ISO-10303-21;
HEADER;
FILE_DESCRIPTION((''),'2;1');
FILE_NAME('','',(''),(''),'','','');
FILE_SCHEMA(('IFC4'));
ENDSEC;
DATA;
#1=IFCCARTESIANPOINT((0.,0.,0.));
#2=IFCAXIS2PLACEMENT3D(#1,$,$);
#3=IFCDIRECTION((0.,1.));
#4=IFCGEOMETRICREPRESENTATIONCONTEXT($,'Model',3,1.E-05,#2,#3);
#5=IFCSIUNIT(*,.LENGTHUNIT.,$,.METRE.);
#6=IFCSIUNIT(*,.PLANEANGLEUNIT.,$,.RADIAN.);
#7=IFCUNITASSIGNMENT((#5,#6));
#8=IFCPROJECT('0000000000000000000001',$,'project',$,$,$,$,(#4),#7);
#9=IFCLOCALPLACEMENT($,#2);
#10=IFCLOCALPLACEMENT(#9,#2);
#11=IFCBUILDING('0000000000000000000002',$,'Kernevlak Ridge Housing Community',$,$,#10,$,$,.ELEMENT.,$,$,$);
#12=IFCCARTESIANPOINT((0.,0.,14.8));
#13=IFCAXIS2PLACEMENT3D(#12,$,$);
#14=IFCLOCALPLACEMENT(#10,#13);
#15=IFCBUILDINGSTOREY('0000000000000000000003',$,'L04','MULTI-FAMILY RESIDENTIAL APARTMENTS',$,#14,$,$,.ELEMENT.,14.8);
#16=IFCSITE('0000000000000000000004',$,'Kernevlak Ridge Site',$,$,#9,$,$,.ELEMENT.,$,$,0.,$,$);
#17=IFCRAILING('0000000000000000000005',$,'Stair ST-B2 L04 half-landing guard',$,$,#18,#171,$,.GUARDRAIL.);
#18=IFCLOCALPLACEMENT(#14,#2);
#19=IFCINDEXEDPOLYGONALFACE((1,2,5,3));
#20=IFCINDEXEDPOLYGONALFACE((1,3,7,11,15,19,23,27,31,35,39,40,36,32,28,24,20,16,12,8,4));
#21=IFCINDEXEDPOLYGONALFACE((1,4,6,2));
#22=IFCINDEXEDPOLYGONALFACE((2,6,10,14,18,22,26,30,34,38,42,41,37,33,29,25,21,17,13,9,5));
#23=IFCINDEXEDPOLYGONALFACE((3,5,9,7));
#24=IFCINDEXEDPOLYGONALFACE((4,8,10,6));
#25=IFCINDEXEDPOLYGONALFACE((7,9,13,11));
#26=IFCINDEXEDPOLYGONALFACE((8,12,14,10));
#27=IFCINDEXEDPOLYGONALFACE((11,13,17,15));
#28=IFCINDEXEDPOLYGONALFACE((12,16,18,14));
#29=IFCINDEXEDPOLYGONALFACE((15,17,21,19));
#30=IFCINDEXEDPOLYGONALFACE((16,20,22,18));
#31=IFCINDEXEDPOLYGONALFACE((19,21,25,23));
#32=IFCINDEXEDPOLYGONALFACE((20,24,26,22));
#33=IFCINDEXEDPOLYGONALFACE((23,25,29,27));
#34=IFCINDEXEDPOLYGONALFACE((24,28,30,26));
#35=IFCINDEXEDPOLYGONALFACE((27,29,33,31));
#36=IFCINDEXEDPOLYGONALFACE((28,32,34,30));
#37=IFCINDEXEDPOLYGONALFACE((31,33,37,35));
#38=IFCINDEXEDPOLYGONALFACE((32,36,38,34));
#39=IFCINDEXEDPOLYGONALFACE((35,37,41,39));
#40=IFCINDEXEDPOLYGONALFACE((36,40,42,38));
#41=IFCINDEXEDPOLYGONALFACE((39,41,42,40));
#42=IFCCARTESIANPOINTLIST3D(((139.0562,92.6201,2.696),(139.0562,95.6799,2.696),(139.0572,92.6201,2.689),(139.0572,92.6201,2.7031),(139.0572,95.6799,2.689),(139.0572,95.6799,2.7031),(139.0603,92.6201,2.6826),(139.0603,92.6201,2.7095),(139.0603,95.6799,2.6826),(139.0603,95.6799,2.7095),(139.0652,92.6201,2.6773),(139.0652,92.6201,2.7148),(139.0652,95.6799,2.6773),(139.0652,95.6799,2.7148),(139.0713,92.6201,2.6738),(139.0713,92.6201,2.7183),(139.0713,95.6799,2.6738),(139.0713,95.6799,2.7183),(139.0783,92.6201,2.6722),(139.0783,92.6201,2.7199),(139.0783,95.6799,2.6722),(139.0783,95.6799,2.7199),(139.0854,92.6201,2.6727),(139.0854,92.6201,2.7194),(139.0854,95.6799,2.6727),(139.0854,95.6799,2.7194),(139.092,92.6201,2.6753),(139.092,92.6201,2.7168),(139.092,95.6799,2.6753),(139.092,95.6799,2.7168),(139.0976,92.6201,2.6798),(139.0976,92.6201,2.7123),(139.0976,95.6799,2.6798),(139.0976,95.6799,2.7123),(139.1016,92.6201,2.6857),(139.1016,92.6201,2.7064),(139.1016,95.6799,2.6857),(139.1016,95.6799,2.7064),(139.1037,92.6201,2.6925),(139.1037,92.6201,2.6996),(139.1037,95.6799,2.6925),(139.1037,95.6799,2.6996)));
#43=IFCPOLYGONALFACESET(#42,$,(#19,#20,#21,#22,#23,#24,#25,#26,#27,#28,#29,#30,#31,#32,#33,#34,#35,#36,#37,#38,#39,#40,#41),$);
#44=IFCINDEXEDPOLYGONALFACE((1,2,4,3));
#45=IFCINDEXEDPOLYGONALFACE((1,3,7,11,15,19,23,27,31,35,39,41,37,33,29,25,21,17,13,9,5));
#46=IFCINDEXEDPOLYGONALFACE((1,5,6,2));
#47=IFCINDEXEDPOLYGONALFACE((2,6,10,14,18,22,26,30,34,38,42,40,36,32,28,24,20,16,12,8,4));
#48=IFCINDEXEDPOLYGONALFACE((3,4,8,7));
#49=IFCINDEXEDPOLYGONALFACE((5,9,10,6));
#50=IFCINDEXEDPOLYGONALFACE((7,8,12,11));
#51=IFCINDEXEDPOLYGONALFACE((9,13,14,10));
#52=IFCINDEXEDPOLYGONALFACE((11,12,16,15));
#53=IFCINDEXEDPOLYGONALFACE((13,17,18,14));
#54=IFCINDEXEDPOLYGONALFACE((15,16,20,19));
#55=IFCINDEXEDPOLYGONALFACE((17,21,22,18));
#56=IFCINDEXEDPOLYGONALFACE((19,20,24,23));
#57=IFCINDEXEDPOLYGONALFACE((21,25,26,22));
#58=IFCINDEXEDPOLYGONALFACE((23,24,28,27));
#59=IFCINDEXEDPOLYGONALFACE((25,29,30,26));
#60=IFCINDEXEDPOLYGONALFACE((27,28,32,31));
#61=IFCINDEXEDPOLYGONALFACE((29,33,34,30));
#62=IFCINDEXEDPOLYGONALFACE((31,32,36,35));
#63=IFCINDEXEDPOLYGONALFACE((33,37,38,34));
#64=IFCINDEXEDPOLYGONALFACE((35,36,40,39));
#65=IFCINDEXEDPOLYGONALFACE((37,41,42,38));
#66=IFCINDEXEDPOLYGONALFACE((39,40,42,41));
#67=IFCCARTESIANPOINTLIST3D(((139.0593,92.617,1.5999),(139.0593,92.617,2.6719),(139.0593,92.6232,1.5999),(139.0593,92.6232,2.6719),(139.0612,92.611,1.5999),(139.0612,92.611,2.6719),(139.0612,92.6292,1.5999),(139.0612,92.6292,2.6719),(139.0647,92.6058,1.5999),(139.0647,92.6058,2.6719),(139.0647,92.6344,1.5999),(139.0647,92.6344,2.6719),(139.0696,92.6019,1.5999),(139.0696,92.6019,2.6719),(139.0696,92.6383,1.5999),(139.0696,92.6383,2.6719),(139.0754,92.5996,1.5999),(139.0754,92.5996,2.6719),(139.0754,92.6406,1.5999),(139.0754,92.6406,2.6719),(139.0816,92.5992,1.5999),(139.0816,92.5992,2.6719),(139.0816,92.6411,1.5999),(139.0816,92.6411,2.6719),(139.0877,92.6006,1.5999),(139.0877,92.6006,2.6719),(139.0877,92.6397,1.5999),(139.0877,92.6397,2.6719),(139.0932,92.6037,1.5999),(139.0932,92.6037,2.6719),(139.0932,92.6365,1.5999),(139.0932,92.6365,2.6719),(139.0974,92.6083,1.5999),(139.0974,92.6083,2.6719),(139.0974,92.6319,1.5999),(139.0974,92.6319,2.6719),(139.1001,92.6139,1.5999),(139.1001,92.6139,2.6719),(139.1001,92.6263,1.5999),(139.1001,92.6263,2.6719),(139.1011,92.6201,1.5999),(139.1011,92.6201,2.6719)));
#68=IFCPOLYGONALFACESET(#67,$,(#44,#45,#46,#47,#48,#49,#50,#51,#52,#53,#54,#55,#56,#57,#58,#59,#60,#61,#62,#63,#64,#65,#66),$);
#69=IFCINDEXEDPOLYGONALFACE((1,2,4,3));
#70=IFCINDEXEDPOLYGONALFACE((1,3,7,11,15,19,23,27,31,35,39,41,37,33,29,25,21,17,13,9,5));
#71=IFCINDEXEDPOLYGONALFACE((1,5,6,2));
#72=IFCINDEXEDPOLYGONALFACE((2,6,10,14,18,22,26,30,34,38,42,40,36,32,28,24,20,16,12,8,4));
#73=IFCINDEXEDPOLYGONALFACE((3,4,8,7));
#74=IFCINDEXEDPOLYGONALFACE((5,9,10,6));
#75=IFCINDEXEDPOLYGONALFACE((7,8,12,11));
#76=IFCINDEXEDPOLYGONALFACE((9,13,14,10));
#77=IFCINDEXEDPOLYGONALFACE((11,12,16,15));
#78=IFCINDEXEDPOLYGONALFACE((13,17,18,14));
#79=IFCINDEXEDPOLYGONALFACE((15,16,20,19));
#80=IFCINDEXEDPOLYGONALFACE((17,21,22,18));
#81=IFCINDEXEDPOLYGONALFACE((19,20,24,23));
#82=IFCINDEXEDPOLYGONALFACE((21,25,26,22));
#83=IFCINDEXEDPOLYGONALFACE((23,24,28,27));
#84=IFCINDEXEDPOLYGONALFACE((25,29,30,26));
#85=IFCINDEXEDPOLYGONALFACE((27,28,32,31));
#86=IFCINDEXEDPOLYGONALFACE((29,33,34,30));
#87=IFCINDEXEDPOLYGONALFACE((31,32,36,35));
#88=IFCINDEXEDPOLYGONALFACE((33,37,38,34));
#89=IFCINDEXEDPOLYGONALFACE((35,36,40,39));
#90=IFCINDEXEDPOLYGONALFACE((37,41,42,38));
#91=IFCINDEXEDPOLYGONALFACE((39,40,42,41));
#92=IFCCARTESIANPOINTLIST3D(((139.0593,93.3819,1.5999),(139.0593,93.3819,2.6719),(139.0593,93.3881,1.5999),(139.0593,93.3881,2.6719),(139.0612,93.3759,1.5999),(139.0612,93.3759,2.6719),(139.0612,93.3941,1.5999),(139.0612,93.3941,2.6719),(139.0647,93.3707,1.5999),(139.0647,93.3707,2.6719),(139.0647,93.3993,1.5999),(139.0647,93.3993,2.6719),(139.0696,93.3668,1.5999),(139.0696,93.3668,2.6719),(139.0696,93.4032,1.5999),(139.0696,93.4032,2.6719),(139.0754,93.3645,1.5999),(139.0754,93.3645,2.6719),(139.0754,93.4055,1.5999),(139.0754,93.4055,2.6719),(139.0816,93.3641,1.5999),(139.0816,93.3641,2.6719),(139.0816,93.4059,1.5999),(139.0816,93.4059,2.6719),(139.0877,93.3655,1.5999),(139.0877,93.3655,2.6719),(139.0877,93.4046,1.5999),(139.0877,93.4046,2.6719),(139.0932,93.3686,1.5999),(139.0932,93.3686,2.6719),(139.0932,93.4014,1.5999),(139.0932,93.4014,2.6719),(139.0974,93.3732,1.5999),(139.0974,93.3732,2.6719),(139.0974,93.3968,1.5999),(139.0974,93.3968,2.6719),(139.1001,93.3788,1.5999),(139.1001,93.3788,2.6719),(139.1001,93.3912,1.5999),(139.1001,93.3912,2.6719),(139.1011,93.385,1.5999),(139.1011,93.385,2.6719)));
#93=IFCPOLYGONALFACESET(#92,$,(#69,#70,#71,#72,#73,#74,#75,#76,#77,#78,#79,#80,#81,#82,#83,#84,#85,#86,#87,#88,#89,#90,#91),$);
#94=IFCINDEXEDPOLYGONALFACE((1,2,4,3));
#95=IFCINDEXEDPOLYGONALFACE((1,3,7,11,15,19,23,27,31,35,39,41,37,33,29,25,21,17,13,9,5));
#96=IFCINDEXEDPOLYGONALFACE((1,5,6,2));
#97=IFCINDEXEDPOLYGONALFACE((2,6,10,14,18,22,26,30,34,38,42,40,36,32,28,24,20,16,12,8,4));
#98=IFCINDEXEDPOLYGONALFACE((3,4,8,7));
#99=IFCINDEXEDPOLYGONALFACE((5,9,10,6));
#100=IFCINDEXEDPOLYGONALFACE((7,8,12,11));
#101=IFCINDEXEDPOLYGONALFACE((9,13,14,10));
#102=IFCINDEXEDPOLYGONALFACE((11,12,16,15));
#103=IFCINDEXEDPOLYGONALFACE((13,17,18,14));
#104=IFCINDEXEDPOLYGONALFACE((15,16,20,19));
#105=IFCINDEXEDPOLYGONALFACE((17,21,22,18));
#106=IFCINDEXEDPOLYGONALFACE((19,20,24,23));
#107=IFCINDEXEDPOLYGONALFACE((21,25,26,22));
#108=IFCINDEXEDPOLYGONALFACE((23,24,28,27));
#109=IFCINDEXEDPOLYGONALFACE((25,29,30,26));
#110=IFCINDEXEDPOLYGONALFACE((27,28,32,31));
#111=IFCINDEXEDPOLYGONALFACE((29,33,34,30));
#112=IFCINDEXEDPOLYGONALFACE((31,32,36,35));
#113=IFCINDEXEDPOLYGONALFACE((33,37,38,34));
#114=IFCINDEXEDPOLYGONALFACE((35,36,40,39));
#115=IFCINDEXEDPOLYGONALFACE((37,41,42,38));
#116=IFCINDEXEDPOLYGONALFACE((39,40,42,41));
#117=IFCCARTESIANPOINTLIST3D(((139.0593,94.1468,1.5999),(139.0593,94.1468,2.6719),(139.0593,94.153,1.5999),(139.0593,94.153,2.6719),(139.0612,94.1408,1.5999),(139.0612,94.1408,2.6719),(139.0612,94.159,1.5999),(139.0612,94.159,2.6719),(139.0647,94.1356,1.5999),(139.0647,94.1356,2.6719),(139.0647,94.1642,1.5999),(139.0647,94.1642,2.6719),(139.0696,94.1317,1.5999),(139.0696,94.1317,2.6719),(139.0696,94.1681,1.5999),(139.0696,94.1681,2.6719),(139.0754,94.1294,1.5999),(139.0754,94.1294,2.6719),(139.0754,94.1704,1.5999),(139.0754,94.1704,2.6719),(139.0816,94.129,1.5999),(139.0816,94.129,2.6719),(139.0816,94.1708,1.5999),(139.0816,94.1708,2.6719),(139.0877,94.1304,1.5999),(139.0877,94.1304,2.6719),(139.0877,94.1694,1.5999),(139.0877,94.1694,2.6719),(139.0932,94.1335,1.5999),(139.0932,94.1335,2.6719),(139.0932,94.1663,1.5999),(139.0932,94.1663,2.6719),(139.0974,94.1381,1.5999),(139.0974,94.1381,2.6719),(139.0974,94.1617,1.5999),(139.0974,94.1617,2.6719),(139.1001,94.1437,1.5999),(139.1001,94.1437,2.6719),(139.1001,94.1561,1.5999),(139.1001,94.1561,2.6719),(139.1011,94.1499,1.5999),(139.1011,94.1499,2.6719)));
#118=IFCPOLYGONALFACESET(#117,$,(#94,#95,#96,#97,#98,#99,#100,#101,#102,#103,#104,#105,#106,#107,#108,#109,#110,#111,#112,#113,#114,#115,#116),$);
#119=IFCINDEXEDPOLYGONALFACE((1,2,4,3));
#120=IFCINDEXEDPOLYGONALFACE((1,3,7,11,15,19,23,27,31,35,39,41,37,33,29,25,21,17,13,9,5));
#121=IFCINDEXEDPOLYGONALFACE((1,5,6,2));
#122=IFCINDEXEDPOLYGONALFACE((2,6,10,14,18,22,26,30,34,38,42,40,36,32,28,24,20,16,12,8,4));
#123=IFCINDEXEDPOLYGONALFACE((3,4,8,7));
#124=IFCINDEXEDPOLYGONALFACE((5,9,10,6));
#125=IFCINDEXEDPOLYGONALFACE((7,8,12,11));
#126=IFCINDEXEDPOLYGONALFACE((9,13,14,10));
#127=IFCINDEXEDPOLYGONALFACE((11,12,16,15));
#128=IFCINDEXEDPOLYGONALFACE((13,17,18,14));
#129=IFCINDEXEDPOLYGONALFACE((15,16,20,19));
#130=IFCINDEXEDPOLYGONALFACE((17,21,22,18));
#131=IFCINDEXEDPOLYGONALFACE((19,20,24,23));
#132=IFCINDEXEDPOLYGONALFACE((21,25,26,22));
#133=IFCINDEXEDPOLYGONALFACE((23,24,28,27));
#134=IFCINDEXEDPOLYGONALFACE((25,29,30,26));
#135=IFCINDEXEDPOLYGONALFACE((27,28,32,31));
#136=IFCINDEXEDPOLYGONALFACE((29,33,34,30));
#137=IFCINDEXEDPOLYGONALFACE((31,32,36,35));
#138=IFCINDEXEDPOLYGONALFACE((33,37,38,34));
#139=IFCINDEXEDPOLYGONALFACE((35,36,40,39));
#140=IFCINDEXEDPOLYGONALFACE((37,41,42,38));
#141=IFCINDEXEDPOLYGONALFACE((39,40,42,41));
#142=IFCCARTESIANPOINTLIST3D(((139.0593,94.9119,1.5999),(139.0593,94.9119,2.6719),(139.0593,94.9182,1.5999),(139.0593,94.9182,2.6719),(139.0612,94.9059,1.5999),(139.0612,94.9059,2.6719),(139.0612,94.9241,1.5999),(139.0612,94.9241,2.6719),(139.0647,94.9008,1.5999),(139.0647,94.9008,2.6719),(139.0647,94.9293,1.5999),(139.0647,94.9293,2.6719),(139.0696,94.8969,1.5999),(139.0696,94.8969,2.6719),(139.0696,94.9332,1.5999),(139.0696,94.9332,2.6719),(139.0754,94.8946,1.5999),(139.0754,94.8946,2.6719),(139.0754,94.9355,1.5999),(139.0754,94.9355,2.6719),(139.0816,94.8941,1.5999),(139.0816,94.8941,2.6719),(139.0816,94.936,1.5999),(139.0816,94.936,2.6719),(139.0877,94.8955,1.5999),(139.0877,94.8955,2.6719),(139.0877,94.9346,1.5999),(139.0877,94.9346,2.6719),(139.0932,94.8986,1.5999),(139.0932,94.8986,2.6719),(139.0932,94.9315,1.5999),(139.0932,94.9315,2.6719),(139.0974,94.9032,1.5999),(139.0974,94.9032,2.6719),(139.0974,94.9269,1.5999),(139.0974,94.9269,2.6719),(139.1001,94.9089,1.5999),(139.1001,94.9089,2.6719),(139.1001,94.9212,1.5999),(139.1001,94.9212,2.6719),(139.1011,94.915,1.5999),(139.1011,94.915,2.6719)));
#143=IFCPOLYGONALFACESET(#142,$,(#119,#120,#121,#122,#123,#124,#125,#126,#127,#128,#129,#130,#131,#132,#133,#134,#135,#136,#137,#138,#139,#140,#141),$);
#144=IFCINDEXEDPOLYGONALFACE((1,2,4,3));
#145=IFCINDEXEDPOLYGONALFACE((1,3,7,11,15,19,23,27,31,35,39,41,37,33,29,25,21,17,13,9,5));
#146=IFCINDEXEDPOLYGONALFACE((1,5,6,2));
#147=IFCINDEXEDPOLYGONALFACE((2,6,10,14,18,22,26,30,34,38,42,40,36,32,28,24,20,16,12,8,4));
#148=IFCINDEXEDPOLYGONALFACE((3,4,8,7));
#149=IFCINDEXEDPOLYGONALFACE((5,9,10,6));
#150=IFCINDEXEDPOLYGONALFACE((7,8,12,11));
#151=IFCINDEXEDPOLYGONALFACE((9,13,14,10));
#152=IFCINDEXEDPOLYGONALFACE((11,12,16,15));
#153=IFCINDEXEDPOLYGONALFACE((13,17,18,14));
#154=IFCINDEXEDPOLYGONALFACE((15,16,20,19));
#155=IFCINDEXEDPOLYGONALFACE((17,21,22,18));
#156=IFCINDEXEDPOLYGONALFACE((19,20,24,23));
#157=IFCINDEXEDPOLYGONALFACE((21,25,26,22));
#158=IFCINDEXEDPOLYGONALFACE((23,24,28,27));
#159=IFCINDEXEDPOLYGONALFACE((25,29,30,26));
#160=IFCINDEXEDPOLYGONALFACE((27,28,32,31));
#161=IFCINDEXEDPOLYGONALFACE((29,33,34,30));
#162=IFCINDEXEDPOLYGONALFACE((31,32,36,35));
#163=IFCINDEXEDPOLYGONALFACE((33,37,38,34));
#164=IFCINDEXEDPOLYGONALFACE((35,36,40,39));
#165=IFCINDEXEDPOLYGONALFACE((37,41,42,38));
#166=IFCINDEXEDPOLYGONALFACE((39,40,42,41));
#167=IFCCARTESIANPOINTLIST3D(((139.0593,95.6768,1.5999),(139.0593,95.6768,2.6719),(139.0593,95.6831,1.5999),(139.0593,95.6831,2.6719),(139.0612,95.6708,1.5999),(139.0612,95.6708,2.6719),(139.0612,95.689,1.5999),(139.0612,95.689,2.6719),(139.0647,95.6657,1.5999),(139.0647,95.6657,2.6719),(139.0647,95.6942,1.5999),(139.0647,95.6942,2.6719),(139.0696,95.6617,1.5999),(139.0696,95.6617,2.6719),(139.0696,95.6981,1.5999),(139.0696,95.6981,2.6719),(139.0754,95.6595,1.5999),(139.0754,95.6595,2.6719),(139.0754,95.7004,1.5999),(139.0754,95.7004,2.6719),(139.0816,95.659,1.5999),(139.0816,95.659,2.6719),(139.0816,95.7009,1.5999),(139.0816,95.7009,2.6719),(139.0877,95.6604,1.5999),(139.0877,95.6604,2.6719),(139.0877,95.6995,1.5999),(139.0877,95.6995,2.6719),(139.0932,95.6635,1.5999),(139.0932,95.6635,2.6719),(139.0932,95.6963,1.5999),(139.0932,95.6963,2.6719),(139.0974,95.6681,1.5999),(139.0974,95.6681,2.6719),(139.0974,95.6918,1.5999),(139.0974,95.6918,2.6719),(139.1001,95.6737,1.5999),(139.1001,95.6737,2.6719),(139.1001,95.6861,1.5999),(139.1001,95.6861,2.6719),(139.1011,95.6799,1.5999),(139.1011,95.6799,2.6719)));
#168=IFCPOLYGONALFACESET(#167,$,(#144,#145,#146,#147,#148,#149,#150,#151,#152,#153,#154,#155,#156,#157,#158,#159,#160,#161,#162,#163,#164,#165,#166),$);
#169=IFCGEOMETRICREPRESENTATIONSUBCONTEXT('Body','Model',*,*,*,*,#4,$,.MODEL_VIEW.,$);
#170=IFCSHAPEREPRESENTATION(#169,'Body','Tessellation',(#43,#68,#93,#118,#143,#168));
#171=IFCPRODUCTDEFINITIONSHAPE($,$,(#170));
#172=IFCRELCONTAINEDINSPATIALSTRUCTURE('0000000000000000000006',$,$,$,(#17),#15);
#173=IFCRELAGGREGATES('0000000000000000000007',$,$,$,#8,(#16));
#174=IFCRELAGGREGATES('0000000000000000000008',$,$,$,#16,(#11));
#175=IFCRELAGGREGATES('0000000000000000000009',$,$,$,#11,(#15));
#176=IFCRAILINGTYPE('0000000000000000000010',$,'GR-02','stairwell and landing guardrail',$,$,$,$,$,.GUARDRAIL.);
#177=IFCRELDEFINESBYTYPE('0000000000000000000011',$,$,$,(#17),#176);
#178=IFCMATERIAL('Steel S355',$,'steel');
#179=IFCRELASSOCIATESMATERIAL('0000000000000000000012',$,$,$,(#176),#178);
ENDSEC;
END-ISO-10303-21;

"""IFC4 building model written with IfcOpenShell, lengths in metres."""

from ifc_helpers import new_model, si_unit, direction, frame, origin, origin_2d, place, context, subcontext, project, spatial, circle, extrude, material, type_object, element, save


model = new_model("IFC4")

# Units and contexts
model_context = context("Model", 3, precision=1e-05, world=origin(), true_north=direction((0.0, 1.0)))
body_context = subcontext(model_context, "Body", "Model", "MODEL_VIEW")
ifc_project = project(units=[si_unit("LENGTHUNIT", "METRE"), si_unit("PLANEANGLEUNIT", "RADIAN")], contexts=[model_context])

# Site, building, storey
site_placement = place(None, origin())
site = spatial("IfcSite", under=ifc_project, at=site_placement, Name="Kernevlak Ridge Site", CompositionType="ELEMENT", RefElevation=0.0)
building_placement = place(site_placement, origin())
building = spatial("IfcBuilding", under=site, at=building_placement, Name="Kernevlak Ridge Housing Community", CompositionType="ELEMENT")
storey_placement = place(building_placement, frame((0.0, 0.0, 14.8)))
storey = spatial("IfcBuildingStorey", under=building, at=storey_placement, Name="L04", Description="MULTI-FAMILY RESIDENTIAL APARTMENTS", CompositionType="ELEMENT", Elevation=14.8)

# Railing
ifc_material_1 = material(Name="Steel S355", Category="steel")
railing_type_1 = type_object("IfcRailingType", Name="GR-02", Description="stairwell and landing guardrail", PredefinedType="GUARDRAIL", material=ifc_material_1)
railing_1_placement = place(storey_placement, frame((139.0801, 92.6201, 1.5999)))
element("IfcRailing", 1, at=railing_1_placement, inside=storey, type_object=railing_type_1, Name="Stair ST-B2 L04 half-landing guard", PredefinedType="GUARDRAIL", context=body_context, shape_type="SweptSolid", body=[
    extrude(circle(Radius=0.0239, at=origin_2d()), frame((0.0, 0.0, 1.0962), z_axis=(0.0, 1.0, 0.0), x_axis=(-1.0, 0.0, 0.0)), (0.0, 0.0, 1.0), 3.0598),
    extrude(circle(Radius=0.021, at=origin_2d()), origin(), (0.0, 0.0, 1.0), 1.072),
    extrude(circle(Radius=0.021, at=origin_2d()), frame((0.0, 0.7649, 0.0)), (0.0, 0.0, 1.0), 1.072),
    extrude(circle(Radius=0.021, at=origin_2d()), frame((0.0, 1.5298, 0.0)), (0.0, 0.0, 1.0), 1.072),
    extrude(circle(Radius=0.021, at=origin_2d()), frame((0.0, 2.2949, 0.0)), (0.0, 0.0, 1.0), 1.072),
    extrude(circle(Radius=0.021, at=origin_2d()), frame((0.0, 3.0598, 0.0)), (0.0, 0.0, 1.0), 1.072),
])

save(model, "model.ifc")
